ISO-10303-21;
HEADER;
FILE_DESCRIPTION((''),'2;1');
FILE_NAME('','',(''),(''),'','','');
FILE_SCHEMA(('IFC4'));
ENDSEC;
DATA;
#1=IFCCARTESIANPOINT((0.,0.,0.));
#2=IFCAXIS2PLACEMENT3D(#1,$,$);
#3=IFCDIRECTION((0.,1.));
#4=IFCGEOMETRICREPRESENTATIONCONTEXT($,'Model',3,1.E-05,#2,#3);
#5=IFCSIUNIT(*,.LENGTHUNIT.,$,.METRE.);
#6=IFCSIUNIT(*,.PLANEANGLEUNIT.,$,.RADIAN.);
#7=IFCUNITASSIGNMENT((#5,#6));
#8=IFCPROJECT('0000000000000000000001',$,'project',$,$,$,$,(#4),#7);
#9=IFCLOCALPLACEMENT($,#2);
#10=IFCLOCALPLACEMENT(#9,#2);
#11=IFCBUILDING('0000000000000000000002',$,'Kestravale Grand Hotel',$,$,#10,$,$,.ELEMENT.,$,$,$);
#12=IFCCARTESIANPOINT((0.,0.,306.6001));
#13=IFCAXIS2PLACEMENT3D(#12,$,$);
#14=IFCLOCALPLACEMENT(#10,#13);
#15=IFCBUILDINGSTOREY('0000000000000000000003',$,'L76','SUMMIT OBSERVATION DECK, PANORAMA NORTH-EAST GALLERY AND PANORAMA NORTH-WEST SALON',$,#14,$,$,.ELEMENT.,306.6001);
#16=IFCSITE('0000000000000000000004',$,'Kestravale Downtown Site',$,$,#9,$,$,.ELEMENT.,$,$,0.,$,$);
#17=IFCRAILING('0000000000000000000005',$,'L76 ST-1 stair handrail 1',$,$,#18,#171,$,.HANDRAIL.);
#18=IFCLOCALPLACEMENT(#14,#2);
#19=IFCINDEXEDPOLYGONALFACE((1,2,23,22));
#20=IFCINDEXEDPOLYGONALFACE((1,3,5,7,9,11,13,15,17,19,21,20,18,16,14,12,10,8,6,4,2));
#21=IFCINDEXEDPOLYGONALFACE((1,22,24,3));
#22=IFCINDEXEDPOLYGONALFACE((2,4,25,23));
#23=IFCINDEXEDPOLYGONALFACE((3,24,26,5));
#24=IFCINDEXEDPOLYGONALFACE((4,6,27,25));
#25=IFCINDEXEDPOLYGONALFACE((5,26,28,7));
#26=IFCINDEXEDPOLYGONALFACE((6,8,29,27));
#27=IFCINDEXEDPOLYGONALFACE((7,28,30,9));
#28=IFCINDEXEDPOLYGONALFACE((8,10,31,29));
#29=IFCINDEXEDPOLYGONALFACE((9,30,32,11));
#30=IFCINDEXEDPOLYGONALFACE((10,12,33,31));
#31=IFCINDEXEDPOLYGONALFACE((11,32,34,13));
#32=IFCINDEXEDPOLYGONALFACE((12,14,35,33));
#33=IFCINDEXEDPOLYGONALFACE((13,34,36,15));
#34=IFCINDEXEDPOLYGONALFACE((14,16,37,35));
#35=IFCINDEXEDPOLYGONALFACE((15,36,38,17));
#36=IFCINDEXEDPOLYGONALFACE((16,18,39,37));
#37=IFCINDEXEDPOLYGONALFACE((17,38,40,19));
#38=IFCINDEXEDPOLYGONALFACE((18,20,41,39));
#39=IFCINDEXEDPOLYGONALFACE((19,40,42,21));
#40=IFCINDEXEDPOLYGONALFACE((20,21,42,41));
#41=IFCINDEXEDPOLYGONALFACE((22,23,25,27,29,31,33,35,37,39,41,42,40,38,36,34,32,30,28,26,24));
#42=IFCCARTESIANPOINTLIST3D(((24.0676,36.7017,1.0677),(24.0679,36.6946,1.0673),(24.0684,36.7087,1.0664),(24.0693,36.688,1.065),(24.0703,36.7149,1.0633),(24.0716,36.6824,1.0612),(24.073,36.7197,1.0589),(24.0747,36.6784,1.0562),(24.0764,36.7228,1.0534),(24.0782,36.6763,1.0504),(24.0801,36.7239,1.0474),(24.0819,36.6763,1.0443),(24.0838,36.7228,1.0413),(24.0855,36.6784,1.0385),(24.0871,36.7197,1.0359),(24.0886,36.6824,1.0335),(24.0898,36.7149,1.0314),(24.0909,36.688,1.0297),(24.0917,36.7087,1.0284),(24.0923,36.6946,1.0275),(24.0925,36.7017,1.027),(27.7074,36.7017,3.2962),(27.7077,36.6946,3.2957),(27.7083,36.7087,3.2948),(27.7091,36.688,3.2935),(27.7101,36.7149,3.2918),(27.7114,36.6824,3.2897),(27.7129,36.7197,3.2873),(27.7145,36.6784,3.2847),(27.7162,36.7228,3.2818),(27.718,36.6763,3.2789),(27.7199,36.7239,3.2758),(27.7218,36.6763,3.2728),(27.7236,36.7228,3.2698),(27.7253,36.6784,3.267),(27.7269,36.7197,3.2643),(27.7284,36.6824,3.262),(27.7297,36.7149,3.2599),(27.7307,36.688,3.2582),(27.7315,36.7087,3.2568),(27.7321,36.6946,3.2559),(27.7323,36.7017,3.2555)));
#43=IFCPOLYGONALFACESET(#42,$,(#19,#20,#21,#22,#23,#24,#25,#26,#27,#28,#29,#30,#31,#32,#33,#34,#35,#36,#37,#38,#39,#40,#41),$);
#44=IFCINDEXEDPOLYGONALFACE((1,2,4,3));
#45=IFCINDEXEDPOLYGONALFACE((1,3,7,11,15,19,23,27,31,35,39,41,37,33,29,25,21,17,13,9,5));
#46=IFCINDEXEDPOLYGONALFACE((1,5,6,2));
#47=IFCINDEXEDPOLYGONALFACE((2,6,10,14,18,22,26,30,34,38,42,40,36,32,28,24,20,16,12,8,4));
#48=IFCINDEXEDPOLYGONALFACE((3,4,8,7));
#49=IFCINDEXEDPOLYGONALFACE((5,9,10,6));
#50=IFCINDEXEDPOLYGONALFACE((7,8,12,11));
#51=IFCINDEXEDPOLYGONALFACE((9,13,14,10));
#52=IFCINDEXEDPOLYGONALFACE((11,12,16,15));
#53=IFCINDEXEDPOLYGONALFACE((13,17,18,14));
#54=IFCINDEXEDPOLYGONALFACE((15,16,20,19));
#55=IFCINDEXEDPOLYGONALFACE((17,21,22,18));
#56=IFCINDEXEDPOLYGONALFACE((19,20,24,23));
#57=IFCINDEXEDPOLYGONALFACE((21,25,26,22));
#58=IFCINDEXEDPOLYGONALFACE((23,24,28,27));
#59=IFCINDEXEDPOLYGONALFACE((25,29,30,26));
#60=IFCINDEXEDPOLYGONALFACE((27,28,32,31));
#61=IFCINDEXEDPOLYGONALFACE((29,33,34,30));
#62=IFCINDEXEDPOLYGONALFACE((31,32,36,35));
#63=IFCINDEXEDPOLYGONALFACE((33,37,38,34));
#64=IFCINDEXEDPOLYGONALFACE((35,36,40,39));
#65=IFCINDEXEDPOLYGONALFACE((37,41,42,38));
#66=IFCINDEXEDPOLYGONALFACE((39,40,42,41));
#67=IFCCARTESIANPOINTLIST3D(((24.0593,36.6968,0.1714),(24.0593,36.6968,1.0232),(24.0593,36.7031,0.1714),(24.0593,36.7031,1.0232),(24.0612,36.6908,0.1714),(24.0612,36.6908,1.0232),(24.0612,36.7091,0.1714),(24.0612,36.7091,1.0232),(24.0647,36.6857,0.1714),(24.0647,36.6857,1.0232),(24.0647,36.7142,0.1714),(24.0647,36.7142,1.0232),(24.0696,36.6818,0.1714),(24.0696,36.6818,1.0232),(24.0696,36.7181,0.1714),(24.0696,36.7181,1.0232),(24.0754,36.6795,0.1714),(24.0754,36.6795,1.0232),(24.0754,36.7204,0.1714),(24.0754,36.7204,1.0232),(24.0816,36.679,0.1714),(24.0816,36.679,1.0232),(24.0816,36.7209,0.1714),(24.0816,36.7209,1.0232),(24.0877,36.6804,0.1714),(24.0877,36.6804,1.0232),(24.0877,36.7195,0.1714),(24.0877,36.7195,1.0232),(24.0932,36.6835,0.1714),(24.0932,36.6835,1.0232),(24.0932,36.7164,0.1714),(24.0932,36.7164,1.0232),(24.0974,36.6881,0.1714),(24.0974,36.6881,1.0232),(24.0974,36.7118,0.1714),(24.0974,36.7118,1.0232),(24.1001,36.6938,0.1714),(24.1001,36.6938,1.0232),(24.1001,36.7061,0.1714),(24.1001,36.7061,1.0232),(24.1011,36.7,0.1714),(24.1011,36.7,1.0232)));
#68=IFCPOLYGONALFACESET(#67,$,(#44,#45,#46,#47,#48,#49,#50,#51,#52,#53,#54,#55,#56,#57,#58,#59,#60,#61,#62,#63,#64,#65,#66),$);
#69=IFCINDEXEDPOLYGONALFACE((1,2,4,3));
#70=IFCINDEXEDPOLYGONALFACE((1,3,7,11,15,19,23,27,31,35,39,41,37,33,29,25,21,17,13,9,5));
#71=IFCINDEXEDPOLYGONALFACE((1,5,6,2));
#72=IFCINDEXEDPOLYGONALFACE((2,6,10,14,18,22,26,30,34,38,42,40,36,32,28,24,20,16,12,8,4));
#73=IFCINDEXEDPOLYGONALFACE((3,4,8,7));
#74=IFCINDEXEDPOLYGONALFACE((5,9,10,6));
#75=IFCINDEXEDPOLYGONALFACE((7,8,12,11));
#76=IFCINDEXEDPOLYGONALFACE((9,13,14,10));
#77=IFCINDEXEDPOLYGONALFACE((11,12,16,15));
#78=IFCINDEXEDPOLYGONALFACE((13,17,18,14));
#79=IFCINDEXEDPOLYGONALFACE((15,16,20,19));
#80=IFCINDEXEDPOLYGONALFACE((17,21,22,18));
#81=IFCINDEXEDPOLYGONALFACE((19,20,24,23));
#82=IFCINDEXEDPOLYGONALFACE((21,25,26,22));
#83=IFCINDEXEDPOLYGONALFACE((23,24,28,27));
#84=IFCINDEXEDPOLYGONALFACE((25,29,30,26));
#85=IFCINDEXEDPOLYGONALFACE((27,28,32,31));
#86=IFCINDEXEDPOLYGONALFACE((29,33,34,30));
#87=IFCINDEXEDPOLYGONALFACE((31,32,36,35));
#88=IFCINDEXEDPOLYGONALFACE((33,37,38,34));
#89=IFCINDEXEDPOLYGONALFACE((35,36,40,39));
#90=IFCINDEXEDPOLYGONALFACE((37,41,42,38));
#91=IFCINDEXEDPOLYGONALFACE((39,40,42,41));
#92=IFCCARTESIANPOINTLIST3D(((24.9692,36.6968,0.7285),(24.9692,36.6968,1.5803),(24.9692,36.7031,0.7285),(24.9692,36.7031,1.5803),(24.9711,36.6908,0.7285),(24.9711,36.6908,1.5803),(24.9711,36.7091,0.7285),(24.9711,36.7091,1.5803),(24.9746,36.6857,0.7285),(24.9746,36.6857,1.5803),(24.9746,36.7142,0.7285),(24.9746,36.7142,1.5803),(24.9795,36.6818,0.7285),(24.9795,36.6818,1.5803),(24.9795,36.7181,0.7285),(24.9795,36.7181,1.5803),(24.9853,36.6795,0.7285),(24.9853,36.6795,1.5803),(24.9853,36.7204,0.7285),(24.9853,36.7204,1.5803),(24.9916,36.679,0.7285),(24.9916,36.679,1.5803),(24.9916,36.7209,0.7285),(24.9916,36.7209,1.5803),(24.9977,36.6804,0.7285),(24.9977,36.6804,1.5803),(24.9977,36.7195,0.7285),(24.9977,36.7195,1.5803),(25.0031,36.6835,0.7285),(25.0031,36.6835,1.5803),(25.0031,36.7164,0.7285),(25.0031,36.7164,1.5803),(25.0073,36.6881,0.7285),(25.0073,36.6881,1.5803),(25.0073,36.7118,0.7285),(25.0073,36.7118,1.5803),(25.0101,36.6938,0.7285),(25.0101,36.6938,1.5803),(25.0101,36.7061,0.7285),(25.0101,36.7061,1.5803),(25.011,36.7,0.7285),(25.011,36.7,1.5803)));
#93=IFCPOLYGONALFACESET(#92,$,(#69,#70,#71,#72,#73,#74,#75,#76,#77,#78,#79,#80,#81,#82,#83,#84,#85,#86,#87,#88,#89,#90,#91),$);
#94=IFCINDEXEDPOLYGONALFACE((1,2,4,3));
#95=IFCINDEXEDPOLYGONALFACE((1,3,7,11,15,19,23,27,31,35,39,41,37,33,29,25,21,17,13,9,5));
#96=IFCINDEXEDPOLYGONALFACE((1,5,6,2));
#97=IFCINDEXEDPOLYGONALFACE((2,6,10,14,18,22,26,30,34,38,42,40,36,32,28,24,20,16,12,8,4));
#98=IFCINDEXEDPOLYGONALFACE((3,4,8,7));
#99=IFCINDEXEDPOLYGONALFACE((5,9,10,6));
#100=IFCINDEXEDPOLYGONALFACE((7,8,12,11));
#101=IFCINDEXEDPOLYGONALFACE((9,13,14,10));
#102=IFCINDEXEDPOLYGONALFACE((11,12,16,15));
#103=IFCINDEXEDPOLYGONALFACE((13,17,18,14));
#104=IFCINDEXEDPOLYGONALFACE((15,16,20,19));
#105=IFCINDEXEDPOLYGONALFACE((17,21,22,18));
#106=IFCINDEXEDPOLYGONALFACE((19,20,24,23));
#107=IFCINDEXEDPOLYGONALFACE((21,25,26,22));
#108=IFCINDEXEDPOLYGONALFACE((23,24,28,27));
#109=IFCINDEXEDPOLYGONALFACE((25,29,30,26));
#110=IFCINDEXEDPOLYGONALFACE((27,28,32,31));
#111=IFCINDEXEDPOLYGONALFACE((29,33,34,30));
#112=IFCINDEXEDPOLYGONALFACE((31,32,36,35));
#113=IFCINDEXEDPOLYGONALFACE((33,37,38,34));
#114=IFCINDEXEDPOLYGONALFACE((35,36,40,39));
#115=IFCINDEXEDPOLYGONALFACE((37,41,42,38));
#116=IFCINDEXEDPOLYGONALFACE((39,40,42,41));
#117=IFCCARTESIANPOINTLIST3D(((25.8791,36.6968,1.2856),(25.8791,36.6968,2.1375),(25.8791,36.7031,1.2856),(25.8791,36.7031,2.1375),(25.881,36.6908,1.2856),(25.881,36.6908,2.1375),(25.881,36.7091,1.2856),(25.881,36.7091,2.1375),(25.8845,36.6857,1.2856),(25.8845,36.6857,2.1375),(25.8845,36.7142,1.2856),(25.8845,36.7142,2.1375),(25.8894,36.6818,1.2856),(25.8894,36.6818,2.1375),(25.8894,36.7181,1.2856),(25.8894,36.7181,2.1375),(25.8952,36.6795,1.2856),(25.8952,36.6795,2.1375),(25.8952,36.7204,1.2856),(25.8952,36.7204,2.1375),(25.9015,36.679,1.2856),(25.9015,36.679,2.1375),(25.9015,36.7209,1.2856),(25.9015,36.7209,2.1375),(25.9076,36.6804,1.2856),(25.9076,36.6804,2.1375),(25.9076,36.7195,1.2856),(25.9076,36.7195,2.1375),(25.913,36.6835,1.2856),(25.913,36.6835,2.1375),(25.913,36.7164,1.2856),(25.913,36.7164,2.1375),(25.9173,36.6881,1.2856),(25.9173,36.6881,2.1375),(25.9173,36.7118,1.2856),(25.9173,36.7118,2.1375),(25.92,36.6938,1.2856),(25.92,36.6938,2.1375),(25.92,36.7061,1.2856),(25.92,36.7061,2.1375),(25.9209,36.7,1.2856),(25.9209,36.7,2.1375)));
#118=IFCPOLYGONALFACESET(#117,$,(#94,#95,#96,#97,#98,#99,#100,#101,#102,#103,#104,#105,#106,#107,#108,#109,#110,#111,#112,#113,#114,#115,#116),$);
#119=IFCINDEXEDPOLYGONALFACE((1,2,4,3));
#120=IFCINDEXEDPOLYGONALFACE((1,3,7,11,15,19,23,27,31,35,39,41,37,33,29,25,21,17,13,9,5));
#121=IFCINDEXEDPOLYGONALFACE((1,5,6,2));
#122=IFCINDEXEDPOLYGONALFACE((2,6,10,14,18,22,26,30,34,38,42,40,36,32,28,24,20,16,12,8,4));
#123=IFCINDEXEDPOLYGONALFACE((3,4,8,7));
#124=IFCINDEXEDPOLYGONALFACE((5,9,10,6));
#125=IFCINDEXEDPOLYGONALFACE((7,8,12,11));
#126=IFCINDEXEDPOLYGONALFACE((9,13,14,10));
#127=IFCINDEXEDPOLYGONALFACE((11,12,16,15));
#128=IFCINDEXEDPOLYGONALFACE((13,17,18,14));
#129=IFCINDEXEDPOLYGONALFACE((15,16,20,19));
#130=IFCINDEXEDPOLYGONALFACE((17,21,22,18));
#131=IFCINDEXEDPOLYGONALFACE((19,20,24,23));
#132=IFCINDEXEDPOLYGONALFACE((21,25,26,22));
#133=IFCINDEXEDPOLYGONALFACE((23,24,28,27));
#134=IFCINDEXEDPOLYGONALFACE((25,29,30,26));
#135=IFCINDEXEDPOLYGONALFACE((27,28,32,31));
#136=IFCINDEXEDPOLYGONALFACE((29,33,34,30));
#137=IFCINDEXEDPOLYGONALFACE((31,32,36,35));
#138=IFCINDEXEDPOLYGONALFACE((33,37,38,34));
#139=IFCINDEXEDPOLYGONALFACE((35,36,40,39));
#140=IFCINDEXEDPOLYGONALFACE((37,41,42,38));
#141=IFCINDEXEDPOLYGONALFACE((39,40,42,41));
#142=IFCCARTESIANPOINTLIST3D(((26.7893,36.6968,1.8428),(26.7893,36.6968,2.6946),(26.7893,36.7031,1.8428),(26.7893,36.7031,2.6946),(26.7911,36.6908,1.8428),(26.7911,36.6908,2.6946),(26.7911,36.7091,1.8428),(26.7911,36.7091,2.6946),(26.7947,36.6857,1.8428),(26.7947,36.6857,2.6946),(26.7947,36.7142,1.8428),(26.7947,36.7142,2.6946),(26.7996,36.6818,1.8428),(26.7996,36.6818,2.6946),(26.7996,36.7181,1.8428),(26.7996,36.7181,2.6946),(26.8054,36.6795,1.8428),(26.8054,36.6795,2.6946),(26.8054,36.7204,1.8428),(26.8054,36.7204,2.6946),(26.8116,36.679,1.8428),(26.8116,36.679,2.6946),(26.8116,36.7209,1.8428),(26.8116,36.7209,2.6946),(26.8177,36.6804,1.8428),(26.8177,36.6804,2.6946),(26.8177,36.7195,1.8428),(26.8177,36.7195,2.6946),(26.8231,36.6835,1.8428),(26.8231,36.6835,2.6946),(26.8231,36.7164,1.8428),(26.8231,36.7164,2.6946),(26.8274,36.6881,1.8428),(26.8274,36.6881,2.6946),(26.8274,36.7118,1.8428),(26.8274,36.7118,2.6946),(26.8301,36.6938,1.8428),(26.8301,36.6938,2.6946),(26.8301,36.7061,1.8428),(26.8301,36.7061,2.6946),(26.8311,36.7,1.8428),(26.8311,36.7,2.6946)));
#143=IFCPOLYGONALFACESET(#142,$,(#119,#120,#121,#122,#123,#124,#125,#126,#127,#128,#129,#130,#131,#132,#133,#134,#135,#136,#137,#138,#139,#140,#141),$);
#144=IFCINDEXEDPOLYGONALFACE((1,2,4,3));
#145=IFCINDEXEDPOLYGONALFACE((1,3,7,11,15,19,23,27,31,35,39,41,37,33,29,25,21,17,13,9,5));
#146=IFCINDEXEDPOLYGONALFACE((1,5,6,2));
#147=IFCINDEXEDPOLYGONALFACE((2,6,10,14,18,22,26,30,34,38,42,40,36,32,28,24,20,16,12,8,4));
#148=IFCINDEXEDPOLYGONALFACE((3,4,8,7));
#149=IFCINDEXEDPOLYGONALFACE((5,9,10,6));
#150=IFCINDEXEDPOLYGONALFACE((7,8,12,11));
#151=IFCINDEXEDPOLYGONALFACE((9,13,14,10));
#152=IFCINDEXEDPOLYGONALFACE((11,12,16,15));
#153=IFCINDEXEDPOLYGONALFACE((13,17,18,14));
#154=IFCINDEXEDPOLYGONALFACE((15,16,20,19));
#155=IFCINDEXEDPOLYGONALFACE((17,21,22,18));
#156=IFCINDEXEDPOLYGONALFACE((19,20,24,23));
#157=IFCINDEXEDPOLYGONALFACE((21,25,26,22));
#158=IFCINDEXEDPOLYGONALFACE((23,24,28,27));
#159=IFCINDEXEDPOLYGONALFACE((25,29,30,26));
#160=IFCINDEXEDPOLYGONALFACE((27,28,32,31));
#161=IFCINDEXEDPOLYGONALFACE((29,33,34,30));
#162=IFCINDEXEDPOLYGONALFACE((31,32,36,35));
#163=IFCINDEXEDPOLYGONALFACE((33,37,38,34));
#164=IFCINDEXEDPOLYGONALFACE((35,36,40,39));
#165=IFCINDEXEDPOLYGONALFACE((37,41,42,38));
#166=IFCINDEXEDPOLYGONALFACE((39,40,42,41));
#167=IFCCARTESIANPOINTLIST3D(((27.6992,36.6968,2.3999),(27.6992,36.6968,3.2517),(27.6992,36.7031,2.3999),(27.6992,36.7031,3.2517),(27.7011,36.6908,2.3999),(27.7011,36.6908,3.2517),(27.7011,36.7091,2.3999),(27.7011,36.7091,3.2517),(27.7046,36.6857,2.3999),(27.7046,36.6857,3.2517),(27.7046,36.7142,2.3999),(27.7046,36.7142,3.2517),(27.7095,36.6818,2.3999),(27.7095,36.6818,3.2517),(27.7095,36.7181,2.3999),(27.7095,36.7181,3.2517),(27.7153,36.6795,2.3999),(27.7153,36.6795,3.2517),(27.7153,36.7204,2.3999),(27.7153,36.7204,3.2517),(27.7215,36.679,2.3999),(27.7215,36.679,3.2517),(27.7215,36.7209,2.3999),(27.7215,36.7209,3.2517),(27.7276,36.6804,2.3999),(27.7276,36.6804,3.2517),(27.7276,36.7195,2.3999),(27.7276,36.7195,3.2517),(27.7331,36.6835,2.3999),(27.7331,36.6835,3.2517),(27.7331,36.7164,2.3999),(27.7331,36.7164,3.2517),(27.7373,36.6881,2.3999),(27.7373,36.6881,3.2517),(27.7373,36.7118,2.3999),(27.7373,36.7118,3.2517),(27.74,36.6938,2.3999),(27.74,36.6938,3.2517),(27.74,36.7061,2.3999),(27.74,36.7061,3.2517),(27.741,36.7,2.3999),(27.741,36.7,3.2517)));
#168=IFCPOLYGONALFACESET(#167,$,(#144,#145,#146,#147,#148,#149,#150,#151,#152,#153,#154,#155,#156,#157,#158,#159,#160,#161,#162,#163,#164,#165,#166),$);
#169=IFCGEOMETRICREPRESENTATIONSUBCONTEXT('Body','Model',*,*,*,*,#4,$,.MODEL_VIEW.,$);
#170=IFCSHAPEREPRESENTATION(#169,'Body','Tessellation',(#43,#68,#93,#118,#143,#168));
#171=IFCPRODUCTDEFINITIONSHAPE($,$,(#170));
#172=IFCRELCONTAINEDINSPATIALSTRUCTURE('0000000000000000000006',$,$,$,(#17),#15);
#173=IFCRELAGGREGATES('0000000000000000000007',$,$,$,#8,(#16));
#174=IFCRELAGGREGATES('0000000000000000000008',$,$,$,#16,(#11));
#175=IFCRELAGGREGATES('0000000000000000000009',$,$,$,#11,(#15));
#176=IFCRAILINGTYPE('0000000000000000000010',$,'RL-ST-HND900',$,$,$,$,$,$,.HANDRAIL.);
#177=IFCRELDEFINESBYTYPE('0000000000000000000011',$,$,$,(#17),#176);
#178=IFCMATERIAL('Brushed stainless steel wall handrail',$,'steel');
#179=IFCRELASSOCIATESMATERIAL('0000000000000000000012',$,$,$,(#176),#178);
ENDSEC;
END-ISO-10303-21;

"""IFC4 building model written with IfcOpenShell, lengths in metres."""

from ifc_helpers import new_model, si_unit, direction, frame, origin, origin_2d, place, context, subcontext, project, spatial, circle, extrude, material, type_object, element, save


model = new_model("IFC4")

# Units and contexts
model_context = context("Model", 3, precision=1e-05, world=origin(), true_north=direction((0.0, 1.0)))
body_context = subcontext(model_context, "Body", "Model", "MODEL_VIEW")
ifc_project = project(units=[si_unit("LENGTHUNIT", "METRE"), si_unit("PLANEANGLEUNIT", "RADIAN")], contexts=[model_context])

# Site, building, storey
site_placement = place(None, origin())
site = spatial("IfcSite", under=ifc_project, at=site_placement, Name="Kestravale Downtown Site", CompositionType="ELEMENT", RefElevation=0.0)
building_placement = place(site_placement, origin())
building = spatial("IfcBuilding", under=site, at=building_placement, Name="Kestravale Grand Hotel", CompositionType="ELEMENT")
storey_placement = place(building_placement, frame((0.0, 0.0, 306.6001)))
storey = spatial("IfcBuildingStorey", under=building, at=storey_placement, Name="L76", Description="SUMMIT OBSERVATION DECK, PANORAMA NORTH-EAST GALLERY AND PANORAMA NORTH-WEST SALON", CompositionType="ELEMENT", Elevation=306.6001)

# Railing
ifc_material_1 = material(Name="Brushed stainless steel wall handrail", Category="steel")
railing_type_1 = type_object("IfcRailingType", Name="RL-ST-HND900", PredefinedType="HANDRAIL", material=ifc_material_1)
railing_1_placement = place(storey_placement, frame((24.0801, 36.7, 0.1714)))
element("IfcRailing", 1, at=railing_1_placement, inside=storey, type_object=railing_type_1, Name="L76 ST-1 stair handrail 1", PredefinedType="HANDRAIL", context=body_context, shape_type="SweptSolid", body=[
    extrude(circle(Radius=0.0239, at=origin_2d()), frame((0.0, 0.0, 0.876), z_axis=(0.85285, 0.0, 0.522156), x_axis=(0.0, 1.0, 0.0)), (0.0, 0.0, 1.0), 4.2678),
    extrude(circle(Radius=0.021, at=origin_2d()), origin(), (0.0, 0.0, 1.0), 0.8518),
    extrude(circle(Radius=0.021, at=origin_2d()), frame((0.9099, 0.0, 0.5571)), (0.0, 0.0, 1.0), 0.8518),
    extrude(circle(Radius=0.021, at=origin_2d()), frame((1.8198, 0.0, 1.1143)), (0.0, 0.0, 1.0), 0.8518),
    extrude(circle(Radius=0.021, at=origin_2d()), frame((2.73, 0.0, 1.6714)), (0.0, 0.0, 1.0), 0.8518),
    extrude(circle(Radius=0.021, at=origin_2d()), frame((3.6399, 0.0, 2.2285)), (0.0, 0.0, 1.0), 0.8518),
])

save(model, "model.ifc")
